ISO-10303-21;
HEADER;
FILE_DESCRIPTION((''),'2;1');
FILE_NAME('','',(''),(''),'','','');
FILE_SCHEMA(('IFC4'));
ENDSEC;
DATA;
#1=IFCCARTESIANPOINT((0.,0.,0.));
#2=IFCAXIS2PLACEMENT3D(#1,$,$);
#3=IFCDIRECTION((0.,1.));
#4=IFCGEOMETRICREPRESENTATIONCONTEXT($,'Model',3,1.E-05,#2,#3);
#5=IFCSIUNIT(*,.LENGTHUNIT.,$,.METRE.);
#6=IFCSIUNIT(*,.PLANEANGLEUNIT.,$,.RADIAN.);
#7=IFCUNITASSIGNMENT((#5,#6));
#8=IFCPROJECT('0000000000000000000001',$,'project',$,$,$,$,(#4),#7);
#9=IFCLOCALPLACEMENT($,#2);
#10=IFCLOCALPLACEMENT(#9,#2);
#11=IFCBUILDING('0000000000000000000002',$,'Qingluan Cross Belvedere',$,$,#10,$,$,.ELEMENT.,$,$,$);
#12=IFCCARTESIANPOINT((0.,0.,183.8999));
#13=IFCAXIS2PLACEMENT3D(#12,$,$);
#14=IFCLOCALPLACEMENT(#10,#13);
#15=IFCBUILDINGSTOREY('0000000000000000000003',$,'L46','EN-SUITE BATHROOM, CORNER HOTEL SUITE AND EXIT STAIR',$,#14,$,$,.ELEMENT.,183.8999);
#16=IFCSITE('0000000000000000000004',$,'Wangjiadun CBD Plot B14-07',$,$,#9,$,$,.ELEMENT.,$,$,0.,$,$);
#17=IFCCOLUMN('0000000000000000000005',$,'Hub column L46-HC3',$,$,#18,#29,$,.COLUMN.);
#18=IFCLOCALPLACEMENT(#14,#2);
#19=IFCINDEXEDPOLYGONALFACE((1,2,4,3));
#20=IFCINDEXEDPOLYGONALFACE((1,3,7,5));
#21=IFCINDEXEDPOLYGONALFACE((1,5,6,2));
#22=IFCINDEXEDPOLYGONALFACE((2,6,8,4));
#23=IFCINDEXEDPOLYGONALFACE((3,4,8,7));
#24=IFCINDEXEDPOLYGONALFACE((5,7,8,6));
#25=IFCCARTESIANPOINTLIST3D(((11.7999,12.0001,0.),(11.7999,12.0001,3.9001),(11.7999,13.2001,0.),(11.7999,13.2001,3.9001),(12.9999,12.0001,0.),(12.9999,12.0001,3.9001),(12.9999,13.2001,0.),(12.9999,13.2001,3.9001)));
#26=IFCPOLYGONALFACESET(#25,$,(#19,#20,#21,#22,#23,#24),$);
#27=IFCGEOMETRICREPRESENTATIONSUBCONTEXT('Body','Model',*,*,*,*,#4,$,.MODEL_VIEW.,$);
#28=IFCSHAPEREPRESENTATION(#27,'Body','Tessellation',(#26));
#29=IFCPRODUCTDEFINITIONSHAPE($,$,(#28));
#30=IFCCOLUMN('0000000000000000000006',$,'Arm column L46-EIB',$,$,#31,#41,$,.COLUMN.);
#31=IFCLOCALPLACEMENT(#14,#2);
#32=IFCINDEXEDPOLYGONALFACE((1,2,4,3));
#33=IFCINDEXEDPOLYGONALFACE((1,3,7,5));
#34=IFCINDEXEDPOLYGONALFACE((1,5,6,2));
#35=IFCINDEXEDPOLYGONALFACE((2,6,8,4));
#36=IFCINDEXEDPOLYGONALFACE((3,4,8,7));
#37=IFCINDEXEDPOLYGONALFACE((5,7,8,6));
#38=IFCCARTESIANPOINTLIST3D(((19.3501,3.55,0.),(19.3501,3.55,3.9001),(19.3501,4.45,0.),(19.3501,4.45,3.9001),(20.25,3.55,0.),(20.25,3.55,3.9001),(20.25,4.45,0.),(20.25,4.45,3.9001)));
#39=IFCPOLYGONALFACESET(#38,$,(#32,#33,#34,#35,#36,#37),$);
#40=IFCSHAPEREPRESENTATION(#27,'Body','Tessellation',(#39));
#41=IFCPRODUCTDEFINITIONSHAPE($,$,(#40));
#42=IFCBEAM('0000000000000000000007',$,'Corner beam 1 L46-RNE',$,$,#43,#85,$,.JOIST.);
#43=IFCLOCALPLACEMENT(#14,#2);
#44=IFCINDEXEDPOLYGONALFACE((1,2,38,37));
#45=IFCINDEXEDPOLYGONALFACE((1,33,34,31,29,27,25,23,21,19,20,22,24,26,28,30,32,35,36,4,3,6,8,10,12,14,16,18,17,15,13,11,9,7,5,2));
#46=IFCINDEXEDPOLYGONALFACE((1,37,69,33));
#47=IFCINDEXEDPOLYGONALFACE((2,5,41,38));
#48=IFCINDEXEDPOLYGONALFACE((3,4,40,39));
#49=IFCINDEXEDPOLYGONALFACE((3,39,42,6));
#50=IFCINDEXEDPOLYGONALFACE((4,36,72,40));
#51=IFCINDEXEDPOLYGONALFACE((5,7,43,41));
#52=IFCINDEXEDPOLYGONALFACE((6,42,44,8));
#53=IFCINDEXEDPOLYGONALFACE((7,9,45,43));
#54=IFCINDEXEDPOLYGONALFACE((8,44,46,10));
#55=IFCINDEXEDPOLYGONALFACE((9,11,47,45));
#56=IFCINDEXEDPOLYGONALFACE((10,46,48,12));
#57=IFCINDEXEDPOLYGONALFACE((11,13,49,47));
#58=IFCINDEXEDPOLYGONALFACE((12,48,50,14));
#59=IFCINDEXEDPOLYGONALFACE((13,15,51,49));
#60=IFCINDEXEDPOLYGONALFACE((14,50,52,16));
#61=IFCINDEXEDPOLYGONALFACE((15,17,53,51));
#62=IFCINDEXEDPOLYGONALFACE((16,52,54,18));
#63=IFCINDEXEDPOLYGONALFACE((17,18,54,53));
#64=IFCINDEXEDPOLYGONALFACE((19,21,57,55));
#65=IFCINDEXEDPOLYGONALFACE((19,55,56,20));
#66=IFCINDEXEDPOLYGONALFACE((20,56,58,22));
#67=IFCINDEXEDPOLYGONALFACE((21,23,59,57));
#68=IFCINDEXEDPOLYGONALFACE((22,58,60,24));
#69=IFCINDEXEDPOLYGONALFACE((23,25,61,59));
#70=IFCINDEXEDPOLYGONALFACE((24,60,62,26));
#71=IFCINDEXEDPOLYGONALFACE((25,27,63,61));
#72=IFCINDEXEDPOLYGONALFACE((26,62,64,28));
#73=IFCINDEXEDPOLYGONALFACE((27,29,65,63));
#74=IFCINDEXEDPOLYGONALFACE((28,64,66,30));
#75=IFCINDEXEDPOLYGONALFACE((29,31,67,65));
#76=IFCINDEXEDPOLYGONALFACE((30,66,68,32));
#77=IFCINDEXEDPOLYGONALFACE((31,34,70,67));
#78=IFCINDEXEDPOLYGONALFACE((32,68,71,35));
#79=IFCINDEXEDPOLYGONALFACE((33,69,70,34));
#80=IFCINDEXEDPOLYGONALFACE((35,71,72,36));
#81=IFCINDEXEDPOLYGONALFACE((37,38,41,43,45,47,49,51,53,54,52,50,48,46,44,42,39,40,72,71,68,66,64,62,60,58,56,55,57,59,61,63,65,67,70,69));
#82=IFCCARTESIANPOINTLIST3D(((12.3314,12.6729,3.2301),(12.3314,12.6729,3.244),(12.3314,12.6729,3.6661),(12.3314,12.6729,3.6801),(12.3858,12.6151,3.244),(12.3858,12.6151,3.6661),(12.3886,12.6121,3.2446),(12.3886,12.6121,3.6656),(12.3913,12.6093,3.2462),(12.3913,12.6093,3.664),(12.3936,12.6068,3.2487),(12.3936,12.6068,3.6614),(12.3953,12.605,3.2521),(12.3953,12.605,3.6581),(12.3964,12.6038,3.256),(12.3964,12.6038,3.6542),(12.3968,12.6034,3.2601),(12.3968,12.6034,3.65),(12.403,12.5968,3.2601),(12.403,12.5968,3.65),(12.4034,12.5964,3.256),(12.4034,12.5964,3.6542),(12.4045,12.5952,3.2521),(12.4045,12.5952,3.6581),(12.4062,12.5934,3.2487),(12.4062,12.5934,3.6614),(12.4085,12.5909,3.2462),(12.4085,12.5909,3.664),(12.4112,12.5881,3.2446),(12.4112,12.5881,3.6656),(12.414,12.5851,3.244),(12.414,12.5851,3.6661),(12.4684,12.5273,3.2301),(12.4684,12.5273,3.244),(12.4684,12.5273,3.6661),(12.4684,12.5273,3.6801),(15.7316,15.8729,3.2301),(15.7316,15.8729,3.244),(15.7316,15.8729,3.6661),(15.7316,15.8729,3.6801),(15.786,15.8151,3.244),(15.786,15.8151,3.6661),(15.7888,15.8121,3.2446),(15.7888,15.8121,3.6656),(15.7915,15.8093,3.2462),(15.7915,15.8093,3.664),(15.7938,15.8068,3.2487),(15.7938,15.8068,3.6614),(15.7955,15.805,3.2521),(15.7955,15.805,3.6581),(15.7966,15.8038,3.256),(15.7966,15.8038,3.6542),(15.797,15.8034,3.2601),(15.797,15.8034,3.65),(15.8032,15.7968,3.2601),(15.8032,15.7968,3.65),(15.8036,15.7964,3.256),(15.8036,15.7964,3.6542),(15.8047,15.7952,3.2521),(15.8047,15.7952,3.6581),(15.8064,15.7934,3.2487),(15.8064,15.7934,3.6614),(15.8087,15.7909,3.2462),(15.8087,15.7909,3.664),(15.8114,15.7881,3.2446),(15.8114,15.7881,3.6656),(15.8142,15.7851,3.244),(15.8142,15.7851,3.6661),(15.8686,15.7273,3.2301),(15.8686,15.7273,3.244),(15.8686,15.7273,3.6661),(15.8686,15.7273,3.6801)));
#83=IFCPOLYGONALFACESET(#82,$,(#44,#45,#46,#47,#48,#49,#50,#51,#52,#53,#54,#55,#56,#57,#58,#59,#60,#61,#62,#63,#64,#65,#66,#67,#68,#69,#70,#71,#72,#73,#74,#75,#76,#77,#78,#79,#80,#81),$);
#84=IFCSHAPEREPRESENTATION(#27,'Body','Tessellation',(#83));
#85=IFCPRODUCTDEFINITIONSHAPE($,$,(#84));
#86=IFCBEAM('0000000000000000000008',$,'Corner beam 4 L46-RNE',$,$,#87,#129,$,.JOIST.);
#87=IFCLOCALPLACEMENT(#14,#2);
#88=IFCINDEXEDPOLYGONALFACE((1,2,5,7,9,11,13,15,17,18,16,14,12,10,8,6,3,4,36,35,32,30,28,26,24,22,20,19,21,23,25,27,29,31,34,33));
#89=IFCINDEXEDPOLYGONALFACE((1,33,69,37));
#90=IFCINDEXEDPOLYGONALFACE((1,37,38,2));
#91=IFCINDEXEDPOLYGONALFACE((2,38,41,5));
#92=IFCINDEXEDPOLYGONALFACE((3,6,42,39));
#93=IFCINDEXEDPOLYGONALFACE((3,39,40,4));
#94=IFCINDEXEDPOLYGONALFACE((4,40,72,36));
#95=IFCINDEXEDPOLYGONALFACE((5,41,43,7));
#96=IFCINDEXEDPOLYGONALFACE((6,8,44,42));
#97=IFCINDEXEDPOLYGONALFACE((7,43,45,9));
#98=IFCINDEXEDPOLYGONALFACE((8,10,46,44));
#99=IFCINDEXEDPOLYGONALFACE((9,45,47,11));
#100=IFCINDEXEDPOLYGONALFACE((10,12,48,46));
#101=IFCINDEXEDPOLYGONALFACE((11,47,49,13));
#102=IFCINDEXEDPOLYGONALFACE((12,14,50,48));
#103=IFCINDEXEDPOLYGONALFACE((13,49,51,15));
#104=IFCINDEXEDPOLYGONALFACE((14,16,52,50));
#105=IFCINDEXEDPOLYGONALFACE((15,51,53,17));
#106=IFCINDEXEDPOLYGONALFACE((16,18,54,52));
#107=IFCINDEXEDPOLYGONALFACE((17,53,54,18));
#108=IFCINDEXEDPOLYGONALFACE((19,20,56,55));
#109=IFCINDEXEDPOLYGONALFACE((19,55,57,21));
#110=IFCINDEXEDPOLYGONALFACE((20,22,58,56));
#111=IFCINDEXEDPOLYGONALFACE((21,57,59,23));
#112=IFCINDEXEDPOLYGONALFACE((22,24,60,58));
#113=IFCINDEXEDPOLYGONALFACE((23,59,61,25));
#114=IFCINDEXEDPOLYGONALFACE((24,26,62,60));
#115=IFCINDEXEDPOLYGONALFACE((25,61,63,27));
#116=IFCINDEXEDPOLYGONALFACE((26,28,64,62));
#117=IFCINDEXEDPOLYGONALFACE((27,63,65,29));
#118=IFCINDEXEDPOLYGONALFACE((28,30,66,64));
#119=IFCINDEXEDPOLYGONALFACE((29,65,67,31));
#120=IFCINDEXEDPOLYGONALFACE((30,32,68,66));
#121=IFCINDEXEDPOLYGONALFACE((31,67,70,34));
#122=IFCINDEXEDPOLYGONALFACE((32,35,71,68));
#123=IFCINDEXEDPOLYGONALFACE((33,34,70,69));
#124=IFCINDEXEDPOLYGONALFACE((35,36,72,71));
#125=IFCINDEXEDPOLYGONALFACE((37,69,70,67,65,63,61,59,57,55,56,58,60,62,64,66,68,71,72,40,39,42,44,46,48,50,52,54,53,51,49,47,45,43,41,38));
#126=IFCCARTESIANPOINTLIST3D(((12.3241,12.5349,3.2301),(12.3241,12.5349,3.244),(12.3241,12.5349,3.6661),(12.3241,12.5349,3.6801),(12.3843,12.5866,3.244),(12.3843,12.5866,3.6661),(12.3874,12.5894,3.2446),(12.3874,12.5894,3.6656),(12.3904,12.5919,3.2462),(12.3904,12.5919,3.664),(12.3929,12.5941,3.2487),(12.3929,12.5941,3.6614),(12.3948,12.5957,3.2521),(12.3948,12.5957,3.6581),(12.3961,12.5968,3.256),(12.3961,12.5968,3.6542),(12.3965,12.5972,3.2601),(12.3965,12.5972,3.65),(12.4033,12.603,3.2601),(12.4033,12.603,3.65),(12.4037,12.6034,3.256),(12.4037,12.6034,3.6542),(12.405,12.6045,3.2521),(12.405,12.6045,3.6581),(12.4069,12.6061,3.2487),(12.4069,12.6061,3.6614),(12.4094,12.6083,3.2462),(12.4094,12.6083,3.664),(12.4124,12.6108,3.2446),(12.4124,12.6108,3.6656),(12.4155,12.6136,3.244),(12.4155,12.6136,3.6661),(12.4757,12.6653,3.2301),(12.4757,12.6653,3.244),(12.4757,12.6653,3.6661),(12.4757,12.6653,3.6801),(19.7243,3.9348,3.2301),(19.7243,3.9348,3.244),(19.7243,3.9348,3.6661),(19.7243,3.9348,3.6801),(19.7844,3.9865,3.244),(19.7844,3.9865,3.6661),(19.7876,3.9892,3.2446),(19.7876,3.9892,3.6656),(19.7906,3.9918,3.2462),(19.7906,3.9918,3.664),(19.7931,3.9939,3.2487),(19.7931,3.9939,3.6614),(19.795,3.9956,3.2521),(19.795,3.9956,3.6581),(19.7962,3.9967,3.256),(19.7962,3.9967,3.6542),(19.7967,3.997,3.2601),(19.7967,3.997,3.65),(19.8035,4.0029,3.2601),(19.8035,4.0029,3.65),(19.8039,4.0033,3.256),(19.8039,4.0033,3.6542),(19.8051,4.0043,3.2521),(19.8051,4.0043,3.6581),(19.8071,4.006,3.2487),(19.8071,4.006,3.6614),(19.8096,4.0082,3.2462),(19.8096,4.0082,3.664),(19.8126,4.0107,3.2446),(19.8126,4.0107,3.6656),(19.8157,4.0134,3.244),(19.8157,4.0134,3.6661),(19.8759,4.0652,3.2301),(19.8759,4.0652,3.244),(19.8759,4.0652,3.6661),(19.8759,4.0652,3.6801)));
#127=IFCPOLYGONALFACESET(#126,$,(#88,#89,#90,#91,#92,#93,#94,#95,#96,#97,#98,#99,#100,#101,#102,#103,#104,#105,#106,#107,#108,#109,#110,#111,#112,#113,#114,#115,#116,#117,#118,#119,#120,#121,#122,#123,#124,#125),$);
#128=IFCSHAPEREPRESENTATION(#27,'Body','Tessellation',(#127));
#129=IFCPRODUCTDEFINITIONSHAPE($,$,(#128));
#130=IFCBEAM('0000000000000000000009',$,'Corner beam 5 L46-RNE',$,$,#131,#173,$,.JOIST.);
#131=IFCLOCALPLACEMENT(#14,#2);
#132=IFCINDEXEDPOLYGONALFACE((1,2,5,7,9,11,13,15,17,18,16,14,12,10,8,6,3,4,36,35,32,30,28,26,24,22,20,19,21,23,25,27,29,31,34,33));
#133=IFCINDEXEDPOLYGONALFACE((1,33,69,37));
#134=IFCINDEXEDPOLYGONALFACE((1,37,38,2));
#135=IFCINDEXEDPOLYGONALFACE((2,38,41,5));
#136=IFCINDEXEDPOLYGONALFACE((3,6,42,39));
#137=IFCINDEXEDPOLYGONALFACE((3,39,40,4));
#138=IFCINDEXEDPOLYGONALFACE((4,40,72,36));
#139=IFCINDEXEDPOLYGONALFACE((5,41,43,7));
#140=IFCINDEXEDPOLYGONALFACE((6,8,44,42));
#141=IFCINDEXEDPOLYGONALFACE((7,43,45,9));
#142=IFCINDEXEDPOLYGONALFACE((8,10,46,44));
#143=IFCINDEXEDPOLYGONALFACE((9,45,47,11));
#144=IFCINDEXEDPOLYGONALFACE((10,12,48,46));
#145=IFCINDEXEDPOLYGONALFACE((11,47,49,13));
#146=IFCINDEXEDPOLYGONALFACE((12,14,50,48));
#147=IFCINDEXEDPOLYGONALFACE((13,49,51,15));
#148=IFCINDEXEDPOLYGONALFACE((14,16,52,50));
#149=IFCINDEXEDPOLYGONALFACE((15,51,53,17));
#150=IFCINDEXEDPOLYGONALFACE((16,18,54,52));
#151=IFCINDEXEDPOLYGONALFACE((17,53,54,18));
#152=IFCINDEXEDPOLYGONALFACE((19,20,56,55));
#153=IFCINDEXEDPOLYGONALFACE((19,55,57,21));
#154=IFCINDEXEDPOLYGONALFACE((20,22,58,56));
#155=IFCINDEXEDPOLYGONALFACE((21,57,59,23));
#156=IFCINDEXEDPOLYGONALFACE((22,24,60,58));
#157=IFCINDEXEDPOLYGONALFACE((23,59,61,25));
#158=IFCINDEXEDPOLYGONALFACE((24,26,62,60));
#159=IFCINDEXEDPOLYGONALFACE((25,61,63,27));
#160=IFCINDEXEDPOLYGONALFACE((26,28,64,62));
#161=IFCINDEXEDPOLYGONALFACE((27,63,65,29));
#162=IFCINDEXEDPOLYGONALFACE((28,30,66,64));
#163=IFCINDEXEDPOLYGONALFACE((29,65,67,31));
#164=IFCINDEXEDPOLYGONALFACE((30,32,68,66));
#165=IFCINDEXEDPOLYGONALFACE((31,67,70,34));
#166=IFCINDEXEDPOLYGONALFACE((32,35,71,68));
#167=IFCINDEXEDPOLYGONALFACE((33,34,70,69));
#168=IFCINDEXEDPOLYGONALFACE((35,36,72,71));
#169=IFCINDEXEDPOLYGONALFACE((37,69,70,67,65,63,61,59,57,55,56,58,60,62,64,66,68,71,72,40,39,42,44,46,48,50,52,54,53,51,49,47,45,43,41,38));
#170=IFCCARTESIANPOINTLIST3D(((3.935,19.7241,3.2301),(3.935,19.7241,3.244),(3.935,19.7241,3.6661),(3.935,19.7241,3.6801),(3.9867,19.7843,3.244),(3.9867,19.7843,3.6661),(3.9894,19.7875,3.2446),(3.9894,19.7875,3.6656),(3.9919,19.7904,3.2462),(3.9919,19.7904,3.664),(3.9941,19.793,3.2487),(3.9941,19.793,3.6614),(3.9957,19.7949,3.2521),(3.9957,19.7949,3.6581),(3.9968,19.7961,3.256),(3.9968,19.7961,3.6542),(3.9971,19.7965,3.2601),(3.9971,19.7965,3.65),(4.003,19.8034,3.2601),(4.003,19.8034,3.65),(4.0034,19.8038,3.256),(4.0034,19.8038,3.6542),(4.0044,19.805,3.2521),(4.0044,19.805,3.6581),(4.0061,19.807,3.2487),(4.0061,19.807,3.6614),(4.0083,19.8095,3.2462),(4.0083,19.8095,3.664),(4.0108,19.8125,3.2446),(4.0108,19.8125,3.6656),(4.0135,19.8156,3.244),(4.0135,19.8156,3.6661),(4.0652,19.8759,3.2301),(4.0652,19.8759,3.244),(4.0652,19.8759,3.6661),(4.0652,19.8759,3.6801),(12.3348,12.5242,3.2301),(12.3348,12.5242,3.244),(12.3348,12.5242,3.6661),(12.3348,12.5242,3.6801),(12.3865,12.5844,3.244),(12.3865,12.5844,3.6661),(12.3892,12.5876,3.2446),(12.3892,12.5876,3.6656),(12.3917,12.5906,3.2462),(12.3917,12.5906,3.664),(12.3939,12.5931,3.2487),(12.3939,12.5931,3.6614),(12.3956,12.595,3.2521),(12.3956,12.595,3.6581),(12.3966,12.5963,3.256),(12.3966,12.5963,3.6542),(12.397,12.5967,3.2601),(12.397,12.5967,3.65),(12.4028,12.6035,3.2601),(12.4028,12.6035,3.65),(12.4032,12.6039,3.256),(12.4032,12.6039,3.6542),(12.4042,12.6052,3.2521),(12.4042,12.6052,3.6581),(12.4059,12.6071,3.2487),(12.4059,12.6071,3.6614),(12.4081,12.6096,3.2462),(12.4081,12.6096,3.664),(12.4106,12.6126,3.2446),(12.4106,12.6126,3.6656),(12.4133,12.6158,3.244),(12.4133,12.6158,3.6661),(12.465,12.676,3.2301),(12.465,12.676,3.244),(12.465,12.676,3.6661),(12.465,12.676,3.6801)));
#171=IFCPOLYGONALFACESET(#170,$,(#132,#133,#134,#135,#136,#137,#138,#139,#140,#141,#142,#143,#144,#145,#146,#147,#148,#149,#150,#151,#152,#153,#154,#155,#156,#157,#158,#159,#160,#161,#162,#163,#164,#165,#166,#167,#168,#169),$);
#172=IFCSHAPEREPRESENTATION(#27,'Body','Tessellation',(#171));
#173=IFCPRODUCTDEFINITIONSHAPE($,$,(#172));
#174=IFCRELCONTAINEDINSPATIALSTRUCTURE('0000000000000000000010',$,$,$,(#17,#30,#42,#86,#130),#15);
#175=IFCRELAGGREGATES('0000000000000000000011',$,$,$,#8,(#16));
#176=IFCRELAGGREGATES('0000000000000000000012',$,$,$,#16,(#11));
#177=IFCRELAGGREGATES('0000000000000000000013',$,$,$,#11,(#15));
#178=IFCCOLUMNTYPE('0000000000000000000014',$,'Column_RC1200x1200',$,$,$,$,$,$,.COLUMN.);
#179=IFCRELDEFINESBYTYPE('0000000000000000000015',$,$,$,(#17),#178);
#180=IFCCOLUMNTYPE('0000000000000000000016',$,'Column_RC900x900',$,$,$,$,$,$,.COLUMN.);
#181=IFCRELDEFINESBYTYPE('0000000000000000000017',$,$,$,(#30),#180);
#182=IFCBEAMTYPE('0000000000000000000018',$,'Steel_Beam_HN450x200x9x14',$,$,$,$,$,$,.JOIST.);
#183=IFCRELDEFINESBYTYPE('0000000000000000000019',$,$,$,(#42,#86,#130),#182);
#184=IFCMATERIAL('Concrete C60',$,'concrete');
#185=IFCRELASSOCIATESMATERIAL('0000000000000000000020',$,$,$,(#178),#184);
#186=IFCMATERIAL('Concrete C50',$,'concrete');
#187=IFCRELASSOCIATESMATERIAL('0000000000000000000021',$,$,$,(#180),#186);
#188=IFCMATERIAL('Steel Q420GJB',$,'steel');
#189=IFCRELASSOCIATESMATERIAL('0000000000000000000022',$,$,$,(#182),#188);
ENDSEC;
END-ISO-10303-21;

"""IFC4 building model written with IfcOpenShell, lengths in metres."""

from ifc_helpers import new_model, si_unit, direction, frame, origin, origin_2d, place, context, subcontext, project, spatial, rectangle, i_section, extrude, material, material_profile, profile_set, type_object, element, save


model = new_model("IFC4")

# Units and contexts
model_context = context("Model", 3, precision=1e-05, world=origin(), true_north=direction((0.0, 1.0)))
body_context = subcontext(model_context, "Body", "Model", "MODEL_VIEW")
ifc_project = project(units=[si_unit("LENGTHUNIT", "METRE"), si_unit("PLANEANGLEUNIT", "RADIAN")], contexts=[model_context])

# Site, building, storey
site_placement = place(None, origin())
site = spatial("IfcSite", under=ifc_project, at=site_placement, Name="Wangjiadun CBD Plot B14-07", CompositionType="ELEMENT", RefElevation=0.0)
building_placement = place(site_placement, origin())
building = spatial("IfcBuilding", under=site, at=building_placement, Name="Qingluan Cross Belvedere", CompositionType="ELEMENT")
storey_placement = place(building_placement, frame((0.0, 0.0, 183.8999)))
storey = spatial("IfcBuildingStorey", under=building, at=storey_placement, Name="L46", Description="EN-SUITE BATHROOM, CORNER HOTEL SUITE AND EXIT STAIR", CompositionType="ELEMENT", Elevation=183.8999)

# Columns
ifc_material_1 = material(Name="Concrete C60", Category="concrete")
ifc_material_profile_1 = material_profile(ifc_material_1, rectangle(XDim=1.2, YDim=1.2, at=origin_2d()), Name="RC1200x1200")
ifc_profile_set_1 = profile_set([ifc_material_profile_1], Name="Concrete C60")
column_type_1 = type_object("IfcColumnType", Name="Column_RC1200x1200", PredefinedType="COLUMN", material=ifc_profile_set_1)
column_1_placement = place(storey_placement, frame((12.3999, 12.6001, 0.0), z_axis=(0.0, 0.0, 1.0), x_axis=(1.0, 0.0, 0.0)))
element("IfcColumn", 1, at=column_1_placement, inside=storey, type_object=column_type_1, Name="Hub column L46-HC3", PredefinedType="COLUMN", context=body_context, shape_type="SweptSolid", body=[
    extrude(rectangle(XDim=1.2, YDim=1.2, at=origin_2d()), origin(), (0.0, 0.0, 1.0), 3.9001),
])
ifc_material_2 = material(Name="Concrete C50", Category="concrete")
ifc_material_profile_2 = material_profile(ifc_material_2, rectangle(XDim=0.8999, YDim=0.8999, at=origin_2d()), Name="RC900x900")
ifc_profile_set_2 = profile_set([ifc_material_profile_2], Name="Concrete C50")
column_type_2 = type_object("IfcColumnType", Name="Column_RC900x900", PredefinedType="COLUMN", material=ifc_profile_set_2)
column_2_placement = place(storey_placement, frame((19.8, 4.0, 0.0), z_axis=(0.0, 0.0, 1.0), x_axis=(1.0, 0.0, 0.0)))
element("IfcColumn", 2, at=column_2_placement, inside=storey, type_object=column_type_2, Name="Arm column L46-EIB", PredefinedType="COLUMN", context=body_context, shape_type="SweptSolid", body=[
    extrude(rectangle(XDim=0.8999, YDim=0.8999, at=origin_2d()), origin(), (0.0, 0.0, 1.0), 3.9001),
])

# Beams
ifc_material_3 = material(Name="Steel Q420GJB", Category="steel")
ifc_material_profile_3 = material_profile(ifc_material_3, i_section(OverallWidth=0.2, OverallDepth=0.45, WebThickness=0.009, FlangeThickness=0.0139, FilletRadius=0.0161, at=origin_2d()), Name="HN450x200x9x14")
ifc_profile_set_3 = profile_set([ifc_material_profile_3], Name="Steel Q420GJB")
beam_type_1 = type_object("IfcBeamType", Name="Steel_Beam_HN450x200x9x14", PredefinedType="JOIST", material=ifc_profile_set_3)
beam_1_placement = place(storey_placement, frame((12.3999, 12.6001, 3.4551), z_axis=(0.72822, 0.685343, 0.0), x_axis=(-0.685343, 0.72822, 0.0)))
element("IfcBeam", 3, at=beam_1_placement, inside=storey, type_object=beam_type_1, Name="Corner beam 1 L46-RNE", PredefinedType="JOIST", context=body_context, shape_type="SweptSolid", body=[
    extrude(i_section(OverallWidth=0.2, OverallDepth=0.45, WebThickness=0.009, FlangeThickness=0.0139, FilletRadius=0.0161, at=origin_2d()), origin(), (0.0, 0.0, 1.0), 4.6692),
])
beam_2_placement = place(storey_placement, frame((12.3999, 12.6001, 3.4551), z_axis=(0.652245, -0.758008, 0.0), x_axis=(0.758008, 0.652245, 0.0)))
element("IfcBeam", 4, at=beam_2_placement, inside=storey, type_object=beam_type_1, Name="Corner beam 4 L46-RNE", PredefinedType="JOIST", context=body_context, shape_type="SweptSolid", body=[
    extrude(i_section(OverallWidth=0.2, OverallDepth=0.45, WebThickness=0.009, FlangeThickness=0.0139, FilletRadius=0.0161, at=origin_2d()), origin(), (0.0, 0.0, 1.0), 11.3457),
])
beam_3_placement = place(storey_placement, frame((12.3999, 12.6001, 3.4551), z_axis=(-0.759255, 0.650793, 0.0), x_axis=(-0.650793, -0.759255, 0.0)))
element("IfcBeam", 5, at=beam_3_placement, inside=storey, type_object=beam_type_1, Name="Corner beam 5 L46-RNE", PredefinedType="JOIST", context=body_context, shape_type="SweptSolid", body=[
    extrude(i_section(OverallWidth=0.2, OverallDepth=0.45, WebThickness=0.009, FlangeThickness=0.0139, FilletRadius=0.0161, at=origin_2d()), origin(), (0.0, 0.0, 1.0), 11.0632),
])

save(model, "model.ifc")
